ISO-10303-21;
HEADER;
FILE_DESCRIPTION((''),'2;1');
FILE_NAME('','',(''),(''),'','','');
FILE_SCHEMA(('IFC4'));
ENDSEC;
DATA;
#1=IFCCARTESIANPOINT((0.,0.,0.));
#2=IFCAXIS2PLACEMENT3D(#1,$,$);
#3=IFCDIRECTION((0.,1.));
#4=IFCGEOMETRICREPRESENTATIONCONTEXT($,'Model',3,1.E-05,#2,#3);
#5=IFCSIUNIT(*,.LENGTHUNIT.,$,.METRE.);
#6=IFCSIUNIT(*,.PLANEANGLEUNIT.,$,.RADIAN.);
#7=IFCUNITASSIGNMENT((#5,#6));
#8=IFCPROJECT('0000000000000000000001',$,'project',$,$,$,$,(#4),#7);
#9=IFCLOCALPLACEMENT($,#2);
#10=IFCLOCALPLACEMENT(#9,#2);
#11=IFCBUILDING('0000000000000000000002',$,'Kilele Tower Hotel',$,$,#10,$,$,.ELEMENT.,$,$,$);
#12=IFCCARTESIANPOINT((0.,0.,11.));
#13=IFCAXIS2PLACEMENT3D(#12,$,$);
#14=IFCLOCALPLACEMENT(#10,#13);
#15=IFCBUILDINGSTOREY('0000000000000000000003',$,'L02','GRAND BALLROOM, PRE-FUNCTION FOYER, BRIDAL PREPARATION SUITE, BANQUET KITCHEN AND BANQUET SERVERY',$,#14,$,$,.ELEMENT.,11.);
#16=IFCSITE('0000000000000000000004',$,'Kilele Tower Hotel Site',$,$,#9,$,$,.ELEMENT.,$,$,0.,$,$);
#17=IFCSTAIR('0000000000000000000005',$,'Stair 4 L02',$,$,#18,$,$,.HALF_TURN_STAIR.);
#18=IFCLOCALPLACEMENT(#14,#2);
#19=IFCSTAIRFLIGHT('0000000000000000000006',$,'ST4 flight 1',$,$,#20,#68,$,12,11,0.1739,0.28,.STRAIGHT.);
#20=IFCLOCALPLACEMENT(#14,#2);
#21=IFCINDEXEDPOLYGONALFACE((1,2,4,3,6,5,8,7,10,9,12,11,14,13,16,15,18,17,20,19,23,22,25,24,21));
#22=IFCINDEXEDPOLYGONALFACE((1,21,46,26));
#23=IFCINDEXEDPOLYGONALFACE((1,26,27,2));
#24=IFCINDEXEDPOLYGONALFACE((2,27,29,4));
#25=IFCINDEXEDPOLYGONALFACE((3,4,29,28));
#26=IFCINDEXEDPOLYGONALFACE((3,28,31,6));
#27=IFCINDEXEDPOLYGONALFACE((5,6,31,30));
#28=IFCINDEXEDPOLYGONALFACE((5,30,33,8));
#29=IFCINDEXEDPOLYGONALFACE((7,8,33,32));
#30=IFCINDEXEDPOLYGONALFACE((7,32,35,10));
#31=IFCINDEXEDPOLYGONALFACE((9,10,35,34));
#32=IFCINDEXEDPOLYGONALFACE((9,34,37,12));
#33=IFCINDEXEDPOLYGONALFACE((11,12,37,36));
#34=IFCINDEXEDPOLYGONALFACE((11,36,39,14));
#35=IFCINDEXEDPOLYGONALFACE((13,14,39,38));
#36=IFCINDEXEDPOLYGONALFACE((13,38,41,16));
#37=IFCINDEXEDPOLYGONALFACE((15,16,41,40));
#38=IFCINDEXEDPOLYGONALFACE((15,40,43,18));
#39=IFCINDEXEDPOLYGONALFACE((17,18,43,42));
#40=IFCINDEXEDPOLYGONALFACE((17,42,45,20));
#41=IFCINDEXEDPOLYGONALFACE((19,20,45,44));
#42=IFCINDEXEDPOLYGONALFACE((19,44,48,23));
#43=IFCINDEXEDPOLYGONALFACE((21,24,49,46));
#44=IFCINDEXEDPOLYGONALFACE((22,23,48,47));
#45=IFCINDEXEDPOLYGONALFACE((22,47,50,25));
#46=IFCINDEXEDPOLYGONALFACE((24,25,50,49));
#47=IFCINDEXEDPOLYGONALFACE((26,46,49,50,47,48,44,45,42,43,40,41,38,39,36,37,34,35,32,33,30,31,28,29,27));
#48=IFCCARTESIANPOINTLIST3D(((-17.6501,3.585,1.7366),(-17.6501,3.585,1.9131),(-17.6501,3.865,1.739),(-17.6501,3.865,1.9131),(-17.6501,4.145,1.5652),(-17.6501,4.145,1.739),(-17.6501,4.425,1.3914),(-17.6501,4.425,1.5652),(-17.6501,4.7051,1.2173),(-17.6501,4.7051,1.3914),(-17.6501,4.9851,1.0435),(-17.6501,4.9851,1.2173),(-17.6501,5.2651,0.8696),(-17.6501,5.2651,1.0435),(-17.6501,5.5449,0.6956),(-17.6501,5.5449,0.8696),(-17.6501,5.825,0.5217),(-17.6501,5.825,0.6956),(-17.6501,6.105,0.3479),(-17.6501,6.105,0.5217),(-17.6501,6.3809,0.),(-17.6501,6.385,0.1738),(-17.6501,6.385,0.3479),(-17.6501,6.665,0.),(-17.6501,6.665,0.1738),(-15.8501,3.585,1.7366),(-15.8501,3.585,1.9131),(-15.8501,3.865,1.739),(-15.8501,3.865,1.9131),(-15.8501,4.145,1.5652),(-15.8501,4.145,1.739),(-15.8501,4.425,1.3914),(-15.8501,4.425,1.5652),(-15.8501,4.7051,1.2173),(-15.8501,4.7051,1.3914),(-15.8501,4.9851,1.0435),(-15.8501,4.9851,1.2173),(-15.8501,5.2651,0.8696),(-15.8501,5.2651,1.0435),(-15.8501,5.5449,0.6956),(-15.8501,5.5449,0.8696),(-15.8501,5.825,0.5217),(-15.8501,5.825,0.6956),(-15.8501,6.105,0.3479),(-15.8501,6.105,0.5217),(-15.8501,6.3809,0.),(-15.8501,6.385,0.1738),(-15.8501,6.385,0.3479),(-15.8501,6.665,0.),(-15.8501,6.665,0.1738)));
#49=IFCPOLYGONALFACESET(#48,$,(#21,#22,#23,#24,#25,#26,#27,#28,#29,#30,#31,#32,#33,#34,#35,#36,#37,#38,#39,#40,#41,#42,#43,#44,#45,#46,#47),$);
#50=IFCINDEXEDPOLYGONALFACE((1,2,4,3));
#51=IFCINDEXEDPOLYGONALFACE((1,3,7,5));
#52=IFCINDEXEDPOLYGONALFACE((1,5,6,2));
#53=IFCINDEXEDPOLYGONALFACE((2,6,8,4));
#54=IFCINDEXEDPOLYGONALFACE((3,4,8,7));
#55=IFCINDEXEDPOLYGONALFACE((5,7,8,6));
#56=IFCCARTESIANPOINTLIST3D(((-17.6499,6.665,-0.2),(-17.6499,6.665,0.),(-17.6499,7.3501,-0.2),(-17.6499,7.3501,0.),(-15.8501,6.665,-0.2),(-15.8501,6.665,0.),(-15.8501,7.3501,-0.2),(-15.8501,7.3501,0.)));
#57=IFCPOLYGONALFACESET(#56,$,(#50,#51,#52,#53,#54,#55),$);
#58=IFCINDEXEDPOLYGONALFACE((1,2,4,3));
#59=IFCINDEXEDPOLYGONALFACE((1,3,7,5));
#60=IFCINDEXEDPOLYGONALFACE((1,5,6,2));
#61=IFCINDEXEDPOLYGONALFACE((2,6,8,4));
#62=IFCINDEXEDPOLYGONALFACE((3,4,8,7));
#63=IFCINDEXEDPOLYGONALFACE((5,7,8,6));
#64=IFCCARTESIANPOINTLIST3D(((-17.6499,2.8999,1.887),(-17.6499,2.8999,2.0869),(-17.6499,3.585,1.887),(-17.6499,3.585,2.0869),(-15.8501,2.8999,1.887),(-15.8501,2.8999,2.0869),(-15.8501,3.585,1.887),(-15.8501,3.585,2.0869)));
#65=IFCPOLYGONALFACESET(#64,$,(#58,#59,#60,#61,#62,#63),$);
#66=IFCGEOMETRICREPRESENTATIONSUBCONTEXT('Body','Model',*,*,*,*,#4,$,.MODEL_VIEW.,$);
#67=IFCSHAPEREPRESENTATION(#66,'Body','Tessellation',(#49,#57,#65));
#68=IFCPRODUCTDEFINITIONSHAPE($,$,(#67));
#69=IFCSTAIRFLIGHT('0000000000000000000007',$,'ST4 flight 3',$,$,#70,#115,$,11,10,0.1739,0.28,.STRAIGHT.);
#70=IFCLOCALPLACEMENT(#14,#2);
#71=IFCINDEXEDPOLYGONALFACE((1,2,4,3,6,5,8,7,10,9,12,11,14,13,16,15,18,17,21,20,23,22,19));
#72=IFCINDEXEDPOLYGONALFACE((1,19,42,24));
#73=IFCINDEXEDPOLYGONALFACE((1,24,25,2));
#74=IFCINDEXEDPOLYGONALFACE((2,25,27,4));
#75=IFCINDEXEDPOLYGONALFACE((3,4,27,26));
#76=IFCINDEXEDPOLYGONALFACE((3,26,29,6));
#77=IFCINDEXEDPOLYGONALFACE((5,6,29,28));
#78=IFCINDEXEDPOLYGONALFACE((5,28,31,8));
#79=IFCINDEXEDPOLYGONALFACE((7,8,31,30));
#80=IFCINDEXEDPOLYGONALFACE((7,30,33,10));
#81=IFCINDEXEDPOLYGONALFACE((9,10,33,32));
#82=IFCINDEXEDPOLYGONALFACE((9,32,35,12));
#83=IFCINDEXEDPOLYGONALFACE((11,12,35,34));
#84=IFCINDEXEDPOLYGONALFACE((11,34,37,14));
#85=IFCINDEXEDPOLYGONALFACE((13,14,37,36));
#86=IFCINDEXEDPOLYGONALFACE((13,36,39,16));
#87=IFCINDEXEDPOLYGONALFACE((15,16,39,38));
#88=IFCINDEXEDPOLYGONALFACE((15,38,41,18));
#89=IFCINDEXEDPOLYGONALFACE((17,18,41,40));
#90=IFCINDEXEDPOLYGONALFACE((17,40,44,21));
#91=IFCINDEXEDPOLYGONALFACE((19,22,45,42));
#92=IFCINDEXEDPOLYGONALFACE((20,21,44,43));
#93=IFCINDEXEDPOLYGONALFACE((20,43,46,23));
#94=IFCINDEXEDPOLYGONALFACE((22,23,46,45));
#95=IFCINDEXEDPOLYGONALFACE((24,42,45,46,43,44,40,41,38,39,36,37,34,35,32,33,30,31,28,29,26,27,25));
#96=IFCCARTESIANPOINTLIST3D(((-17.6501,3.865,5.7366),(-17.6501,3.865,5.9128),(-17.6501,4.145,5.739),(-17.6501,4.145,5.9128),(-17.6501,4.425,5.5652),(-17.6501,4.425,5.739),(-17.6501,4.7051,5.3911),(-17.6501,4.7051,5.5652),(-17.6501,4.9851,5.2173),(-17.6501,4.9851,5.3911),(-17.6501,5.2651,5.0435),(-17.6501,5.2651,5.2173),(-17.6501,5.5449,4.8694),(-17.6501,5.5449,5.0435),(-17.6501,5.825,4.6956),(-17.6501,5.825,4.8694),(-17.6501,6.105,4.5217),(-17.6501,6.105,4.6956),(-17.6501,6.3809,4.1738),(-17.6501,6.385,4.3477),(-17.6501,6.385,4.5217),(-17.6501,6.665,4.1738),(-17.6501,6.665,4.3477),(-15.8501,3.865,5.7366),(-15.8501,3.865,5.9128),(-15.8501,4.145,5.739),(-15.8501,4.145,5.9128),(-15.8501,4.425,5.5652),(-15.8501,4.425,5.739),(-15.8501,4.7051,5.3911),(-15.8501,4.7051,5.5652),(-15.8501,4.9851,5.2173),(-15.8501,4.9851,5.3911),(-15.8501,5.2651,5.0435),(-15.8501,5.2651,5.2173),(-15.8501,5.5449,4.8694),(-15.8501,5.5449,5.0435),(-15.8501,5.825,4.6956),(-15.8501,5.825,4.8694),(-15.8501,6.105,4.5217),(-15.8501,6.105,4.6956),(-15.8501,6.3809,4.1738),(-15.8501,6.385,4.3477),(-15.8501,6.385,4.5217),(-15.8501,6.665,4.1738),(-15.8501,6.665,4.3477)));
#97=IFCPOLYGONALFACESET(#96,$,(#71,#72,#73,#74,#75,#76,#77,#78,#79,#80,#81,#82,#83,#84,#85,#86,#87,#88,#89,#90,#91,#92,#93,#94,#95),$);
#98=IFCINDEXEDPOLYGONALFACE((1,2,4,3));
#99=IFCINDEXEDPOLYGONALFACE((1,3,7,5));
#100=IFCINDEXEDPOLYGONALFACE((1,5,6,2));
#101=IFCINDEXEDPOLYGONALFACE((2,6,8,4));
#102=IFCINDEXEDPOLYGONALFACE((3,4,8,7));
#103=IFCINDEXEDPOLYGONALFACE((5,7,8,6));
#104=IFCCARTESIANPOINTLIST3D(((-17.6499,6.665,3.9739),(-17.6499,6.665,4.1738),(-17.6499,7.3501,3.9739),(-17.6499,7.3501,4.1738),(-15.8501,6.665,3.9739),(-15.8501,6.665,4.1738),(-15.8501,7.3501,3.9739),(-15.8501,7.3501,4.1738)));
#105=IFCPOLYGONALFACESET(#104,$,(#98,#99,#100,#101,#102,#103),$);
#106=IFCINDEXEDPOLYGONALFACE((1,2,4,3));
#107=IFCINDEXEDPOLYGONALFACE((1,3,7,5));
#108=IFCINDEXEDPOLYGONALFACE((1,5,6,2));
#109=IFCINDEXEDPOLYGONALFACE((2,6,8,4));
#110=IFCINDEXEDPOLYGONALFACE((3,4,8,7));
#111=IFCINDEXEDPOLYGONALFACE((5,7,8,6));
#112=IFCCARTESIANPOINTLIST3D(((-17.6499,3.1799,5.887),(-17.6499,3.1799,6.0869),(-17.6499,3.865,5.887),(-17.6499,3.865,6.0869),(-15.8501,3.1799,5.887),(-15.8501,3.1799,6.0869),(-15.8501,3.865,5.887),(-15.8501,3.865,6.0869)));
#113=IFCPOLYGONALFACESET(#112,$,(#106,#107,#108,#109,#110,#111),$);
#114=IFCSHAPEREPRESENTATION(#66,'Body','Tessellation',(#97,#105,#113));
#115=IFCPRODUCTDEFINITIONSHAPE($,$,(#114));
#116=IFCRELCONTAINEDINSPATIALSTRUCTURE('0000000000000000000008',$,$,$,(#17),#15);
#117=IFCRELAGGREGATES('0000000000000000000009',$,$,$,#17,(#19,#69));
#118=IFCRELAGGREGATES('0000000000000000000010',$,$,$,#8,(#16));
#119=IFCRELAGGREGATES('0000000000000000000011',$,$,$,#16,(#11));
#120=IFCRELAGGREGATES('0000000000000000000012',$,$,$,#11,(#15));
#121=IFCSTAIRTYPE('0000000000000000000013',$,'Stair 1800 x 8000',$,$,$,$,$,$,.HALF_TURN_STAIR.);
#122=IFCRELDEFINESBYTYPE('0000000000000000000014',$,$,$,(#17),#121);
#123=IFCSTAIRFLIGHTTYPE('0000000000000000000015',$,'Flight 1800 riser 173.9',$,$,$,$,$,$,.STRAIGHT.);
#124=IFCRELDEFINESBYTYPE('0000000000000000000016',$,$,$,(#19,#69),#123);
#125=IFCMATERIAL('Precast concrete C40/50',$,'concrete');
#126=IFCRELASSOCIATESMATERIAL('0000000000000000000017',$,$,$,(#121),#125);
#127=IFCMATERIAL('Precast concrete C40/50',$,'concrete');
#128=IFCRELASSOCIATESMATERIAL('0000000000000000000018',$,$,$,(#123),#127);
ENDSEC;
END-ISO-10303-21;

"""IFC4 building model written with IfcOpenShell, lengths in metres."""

from ifc_helpers import new_model, si_unit, direction, frame, origin, place, context, subcontext, project, spatial, polyline, outline, extrude, material, type_object, element, aggregate, save


model = new_model("IFC4")

# Units and contexts
model_context = context("Model", 3, precision=1e-05, world=origin(), true_north=direction((0.0, 1.0)))
body_context = subcontext(model_context, "Body", "Model", "MODEL_VIEW")
ifc_project = project(units=[si_unit("LENGTHUNIT", "METRE"), si_unit("PLANEANGLEUNIT", "RADIAN")], contexts=[model_context])

# Site, building, storey
site_placement = place(None, origin())
site = spatial("IfcSite", under=ifc_project, at=site_placement, Name="Kilele Tower Hotel Site", CompositionType="ELEMENT", RefElevation=0.0)
building_placement = place(site_placement, origin())
building = spatial("IfcBuilding", under=site, at=building_placement, Name="Kilele Tower Hotel", CompositionType="ELEMENT")
storey_placement = place(building_placement, frame((0.0, 0.0, 11.0)))
storey = spatial("IfcBuildingStorey", under=building, at=storey_placement, Name="L02", Description="GRAND BALLROOM, PRE-FUNCTION FOYER, BRIDAL PREPARATION SUITE, BANQUET KITCHEN AND BANQUET SERVERY", CompositionType="ELEMENT", Elevation=11.0)

# Stair, stair flights
ifc_material_1 = material(Name="Precast concrete C40/50", Category="concrete")
stair_type = type_object("IfcStairType", Name="Stair 1800 x 8000", PredefinedType="HALF_TURN_STAIR", material=ifc_material_1)
stair_placement = place(storey_placement, origin())
stair = element("IfcStair", 1, at=stair_placement, inside=storey, type_object=stair_type, Name="Stair 4 L02", PredefinedType="HALF_TURN_STAIR")
ifc_material_2 = material(Name="Precast concrete C40/50", Category="concrete")
stair_flight_type = type_object("IfcStairFlightType", Name="Flight 1800 riser 173.9", PredefinedType="STRAIGHT", material=ifc_material_2)
stair_flight_1_placement = place(storey_placement, frame((-16.75, 6.665, 0.0), z_axis=(0.0, 0.0, 1.0), x_axis=(0.0, -1.0, 0.0)))
stair_flight_1 = element("IfcStairFlight", 2, at=stair_flight_1_placement, type_object=stair_flight_type, Name="ST4 flight 1", NumberOfRisers=12, NumberOfTreads=11, PredefinedType="STRAIGHT", RiserHeight=0.1739, TreadLength=0.28, context=body_context, shape_type="SweptSolid", body=[
    extrude(outline(polyline([(0.0, 0.0), (0.0, 0.1738), (0.28, 0.1738), (0.28, 0.3479), (0.5601, 0.3479), (0.5601, 0.5217), (0.8401, 0.5217), (0.8401, 0.6956), (1.1201, 0.6956), (1.1201, 0.8696), (1.3999, 0.8696), (1.3999, 1.0435), (1.6799, 1.0435), (1.6799, 1.2173), (1.96, 1.2173), (1.96, 1.3914), (2.24, 1.3914), (2.24, 1.5652), (2.52, 1.5652), (2.52, 1.739), (2.8, 1.739), (2.8, 1.9131), (3.0801, 1.9131), (3.0801, 2.0869), (3.0801, 1.7366), (0.2842, 0.0), (0.0, 0.0)])), frame((0.0, 0.8999, 0.0), z_axis=(0.0, -1.0, 0.0), x_axis=(1.0, 0.0, 0.0)), (0.0, 0.0, 1.0), 1.8),
    extrude(outline(polyline([(0.0, -0.8999), (0.0, 0.8999), (-0.6851, 0.8999), (-0.6851, -0.8999), (0.0, -0.8999)])), frame((0.0, 0.0, -0.2)), (0.0, 0.0, 1.0), 0.2),
    extrude(outline(polyline([(3.7651, -0.8999), (3.7651, 0.8999), (3.0801, 0.8999), (3.0801, -0.8999), (3.7651, -0.8999)])), frame((0.0, 0.0, 1.887)), (0.0, 0.0, 1.0), 0.2),
])
stair_flight_2_placement = place(storey_placement, frame((-16.75, 6.665, 4.1738), z_axis=(0.0, 0.0, 1.0), x_axis=(0.0, -1.0, 0.0)))
stair_flight_2 = element("IfcStairFlight", 3, at=stair_flight_2_placement, type_object=stair_flight_type, Name="ST4 flight 3", NumberOfRisers=11, NumberOfTreads=10, PredefinedType="STRAIGHT", RiserHeight=0.1739, TreadLength=0.28, context=body_context, shape_type="SweptSolid", body=[
    extrude(outline(polyline([(0.0, 0.0), (0.0, 0.1738), (0.28, 0.1738), (0.28, 0.3479), (0.5601, 0.3479), (0.5601, 0.5217), (0.8401, 0.5217), (0.8401, 0.6956), (1.1201, 0.6956), (1.1201, 0.8696), (1.3999, 0.8696), (1.3999, 1.0435), (1.6799, 1.0435), (1.6799, 1.2173), (1.96, 1.2173), (1.96, 1.3914), (2.24, 1.3914), (2.24, 1.5652), (2.52, 1.5652), (2.52, 1.739), (2.8, 1.739), (2.8, 1.9131), (2.8, 1.5627), (0.2842, 0.0), (0.0, 0.0)])), frame((0.0, 0.8999, 0.0), z_axis=(0.0, -1.0, 0.0), x_axis=(1.0, 0.0, 0.0)), (0.0, 0.0, 1.0), 1.8),
    extrude(outline(polyline([(0.0, -0.8999), (0.0, 0.8999), (-0.6851, 0.8999), (-0.6851, -0.8999), (0.0, -0.8999)])), frame((0.0, 0.0, -0.2)), (0.0, 0.0, 1.0), 0.2),
    extrude(outline(polyline([(3.4851, -0.8999), (3.4851, 0.8999), (2.8, 0.8999), (2.8, -0.8999), (3.4851, -0.8999)])), frame((0.0, 0.0, 1.7131)), (0.0, 0.0, 1.0), 0.2),
])
aggregate(stair, [stair_flight_1, stair_flight_2])

save(model, "model.ifc")
